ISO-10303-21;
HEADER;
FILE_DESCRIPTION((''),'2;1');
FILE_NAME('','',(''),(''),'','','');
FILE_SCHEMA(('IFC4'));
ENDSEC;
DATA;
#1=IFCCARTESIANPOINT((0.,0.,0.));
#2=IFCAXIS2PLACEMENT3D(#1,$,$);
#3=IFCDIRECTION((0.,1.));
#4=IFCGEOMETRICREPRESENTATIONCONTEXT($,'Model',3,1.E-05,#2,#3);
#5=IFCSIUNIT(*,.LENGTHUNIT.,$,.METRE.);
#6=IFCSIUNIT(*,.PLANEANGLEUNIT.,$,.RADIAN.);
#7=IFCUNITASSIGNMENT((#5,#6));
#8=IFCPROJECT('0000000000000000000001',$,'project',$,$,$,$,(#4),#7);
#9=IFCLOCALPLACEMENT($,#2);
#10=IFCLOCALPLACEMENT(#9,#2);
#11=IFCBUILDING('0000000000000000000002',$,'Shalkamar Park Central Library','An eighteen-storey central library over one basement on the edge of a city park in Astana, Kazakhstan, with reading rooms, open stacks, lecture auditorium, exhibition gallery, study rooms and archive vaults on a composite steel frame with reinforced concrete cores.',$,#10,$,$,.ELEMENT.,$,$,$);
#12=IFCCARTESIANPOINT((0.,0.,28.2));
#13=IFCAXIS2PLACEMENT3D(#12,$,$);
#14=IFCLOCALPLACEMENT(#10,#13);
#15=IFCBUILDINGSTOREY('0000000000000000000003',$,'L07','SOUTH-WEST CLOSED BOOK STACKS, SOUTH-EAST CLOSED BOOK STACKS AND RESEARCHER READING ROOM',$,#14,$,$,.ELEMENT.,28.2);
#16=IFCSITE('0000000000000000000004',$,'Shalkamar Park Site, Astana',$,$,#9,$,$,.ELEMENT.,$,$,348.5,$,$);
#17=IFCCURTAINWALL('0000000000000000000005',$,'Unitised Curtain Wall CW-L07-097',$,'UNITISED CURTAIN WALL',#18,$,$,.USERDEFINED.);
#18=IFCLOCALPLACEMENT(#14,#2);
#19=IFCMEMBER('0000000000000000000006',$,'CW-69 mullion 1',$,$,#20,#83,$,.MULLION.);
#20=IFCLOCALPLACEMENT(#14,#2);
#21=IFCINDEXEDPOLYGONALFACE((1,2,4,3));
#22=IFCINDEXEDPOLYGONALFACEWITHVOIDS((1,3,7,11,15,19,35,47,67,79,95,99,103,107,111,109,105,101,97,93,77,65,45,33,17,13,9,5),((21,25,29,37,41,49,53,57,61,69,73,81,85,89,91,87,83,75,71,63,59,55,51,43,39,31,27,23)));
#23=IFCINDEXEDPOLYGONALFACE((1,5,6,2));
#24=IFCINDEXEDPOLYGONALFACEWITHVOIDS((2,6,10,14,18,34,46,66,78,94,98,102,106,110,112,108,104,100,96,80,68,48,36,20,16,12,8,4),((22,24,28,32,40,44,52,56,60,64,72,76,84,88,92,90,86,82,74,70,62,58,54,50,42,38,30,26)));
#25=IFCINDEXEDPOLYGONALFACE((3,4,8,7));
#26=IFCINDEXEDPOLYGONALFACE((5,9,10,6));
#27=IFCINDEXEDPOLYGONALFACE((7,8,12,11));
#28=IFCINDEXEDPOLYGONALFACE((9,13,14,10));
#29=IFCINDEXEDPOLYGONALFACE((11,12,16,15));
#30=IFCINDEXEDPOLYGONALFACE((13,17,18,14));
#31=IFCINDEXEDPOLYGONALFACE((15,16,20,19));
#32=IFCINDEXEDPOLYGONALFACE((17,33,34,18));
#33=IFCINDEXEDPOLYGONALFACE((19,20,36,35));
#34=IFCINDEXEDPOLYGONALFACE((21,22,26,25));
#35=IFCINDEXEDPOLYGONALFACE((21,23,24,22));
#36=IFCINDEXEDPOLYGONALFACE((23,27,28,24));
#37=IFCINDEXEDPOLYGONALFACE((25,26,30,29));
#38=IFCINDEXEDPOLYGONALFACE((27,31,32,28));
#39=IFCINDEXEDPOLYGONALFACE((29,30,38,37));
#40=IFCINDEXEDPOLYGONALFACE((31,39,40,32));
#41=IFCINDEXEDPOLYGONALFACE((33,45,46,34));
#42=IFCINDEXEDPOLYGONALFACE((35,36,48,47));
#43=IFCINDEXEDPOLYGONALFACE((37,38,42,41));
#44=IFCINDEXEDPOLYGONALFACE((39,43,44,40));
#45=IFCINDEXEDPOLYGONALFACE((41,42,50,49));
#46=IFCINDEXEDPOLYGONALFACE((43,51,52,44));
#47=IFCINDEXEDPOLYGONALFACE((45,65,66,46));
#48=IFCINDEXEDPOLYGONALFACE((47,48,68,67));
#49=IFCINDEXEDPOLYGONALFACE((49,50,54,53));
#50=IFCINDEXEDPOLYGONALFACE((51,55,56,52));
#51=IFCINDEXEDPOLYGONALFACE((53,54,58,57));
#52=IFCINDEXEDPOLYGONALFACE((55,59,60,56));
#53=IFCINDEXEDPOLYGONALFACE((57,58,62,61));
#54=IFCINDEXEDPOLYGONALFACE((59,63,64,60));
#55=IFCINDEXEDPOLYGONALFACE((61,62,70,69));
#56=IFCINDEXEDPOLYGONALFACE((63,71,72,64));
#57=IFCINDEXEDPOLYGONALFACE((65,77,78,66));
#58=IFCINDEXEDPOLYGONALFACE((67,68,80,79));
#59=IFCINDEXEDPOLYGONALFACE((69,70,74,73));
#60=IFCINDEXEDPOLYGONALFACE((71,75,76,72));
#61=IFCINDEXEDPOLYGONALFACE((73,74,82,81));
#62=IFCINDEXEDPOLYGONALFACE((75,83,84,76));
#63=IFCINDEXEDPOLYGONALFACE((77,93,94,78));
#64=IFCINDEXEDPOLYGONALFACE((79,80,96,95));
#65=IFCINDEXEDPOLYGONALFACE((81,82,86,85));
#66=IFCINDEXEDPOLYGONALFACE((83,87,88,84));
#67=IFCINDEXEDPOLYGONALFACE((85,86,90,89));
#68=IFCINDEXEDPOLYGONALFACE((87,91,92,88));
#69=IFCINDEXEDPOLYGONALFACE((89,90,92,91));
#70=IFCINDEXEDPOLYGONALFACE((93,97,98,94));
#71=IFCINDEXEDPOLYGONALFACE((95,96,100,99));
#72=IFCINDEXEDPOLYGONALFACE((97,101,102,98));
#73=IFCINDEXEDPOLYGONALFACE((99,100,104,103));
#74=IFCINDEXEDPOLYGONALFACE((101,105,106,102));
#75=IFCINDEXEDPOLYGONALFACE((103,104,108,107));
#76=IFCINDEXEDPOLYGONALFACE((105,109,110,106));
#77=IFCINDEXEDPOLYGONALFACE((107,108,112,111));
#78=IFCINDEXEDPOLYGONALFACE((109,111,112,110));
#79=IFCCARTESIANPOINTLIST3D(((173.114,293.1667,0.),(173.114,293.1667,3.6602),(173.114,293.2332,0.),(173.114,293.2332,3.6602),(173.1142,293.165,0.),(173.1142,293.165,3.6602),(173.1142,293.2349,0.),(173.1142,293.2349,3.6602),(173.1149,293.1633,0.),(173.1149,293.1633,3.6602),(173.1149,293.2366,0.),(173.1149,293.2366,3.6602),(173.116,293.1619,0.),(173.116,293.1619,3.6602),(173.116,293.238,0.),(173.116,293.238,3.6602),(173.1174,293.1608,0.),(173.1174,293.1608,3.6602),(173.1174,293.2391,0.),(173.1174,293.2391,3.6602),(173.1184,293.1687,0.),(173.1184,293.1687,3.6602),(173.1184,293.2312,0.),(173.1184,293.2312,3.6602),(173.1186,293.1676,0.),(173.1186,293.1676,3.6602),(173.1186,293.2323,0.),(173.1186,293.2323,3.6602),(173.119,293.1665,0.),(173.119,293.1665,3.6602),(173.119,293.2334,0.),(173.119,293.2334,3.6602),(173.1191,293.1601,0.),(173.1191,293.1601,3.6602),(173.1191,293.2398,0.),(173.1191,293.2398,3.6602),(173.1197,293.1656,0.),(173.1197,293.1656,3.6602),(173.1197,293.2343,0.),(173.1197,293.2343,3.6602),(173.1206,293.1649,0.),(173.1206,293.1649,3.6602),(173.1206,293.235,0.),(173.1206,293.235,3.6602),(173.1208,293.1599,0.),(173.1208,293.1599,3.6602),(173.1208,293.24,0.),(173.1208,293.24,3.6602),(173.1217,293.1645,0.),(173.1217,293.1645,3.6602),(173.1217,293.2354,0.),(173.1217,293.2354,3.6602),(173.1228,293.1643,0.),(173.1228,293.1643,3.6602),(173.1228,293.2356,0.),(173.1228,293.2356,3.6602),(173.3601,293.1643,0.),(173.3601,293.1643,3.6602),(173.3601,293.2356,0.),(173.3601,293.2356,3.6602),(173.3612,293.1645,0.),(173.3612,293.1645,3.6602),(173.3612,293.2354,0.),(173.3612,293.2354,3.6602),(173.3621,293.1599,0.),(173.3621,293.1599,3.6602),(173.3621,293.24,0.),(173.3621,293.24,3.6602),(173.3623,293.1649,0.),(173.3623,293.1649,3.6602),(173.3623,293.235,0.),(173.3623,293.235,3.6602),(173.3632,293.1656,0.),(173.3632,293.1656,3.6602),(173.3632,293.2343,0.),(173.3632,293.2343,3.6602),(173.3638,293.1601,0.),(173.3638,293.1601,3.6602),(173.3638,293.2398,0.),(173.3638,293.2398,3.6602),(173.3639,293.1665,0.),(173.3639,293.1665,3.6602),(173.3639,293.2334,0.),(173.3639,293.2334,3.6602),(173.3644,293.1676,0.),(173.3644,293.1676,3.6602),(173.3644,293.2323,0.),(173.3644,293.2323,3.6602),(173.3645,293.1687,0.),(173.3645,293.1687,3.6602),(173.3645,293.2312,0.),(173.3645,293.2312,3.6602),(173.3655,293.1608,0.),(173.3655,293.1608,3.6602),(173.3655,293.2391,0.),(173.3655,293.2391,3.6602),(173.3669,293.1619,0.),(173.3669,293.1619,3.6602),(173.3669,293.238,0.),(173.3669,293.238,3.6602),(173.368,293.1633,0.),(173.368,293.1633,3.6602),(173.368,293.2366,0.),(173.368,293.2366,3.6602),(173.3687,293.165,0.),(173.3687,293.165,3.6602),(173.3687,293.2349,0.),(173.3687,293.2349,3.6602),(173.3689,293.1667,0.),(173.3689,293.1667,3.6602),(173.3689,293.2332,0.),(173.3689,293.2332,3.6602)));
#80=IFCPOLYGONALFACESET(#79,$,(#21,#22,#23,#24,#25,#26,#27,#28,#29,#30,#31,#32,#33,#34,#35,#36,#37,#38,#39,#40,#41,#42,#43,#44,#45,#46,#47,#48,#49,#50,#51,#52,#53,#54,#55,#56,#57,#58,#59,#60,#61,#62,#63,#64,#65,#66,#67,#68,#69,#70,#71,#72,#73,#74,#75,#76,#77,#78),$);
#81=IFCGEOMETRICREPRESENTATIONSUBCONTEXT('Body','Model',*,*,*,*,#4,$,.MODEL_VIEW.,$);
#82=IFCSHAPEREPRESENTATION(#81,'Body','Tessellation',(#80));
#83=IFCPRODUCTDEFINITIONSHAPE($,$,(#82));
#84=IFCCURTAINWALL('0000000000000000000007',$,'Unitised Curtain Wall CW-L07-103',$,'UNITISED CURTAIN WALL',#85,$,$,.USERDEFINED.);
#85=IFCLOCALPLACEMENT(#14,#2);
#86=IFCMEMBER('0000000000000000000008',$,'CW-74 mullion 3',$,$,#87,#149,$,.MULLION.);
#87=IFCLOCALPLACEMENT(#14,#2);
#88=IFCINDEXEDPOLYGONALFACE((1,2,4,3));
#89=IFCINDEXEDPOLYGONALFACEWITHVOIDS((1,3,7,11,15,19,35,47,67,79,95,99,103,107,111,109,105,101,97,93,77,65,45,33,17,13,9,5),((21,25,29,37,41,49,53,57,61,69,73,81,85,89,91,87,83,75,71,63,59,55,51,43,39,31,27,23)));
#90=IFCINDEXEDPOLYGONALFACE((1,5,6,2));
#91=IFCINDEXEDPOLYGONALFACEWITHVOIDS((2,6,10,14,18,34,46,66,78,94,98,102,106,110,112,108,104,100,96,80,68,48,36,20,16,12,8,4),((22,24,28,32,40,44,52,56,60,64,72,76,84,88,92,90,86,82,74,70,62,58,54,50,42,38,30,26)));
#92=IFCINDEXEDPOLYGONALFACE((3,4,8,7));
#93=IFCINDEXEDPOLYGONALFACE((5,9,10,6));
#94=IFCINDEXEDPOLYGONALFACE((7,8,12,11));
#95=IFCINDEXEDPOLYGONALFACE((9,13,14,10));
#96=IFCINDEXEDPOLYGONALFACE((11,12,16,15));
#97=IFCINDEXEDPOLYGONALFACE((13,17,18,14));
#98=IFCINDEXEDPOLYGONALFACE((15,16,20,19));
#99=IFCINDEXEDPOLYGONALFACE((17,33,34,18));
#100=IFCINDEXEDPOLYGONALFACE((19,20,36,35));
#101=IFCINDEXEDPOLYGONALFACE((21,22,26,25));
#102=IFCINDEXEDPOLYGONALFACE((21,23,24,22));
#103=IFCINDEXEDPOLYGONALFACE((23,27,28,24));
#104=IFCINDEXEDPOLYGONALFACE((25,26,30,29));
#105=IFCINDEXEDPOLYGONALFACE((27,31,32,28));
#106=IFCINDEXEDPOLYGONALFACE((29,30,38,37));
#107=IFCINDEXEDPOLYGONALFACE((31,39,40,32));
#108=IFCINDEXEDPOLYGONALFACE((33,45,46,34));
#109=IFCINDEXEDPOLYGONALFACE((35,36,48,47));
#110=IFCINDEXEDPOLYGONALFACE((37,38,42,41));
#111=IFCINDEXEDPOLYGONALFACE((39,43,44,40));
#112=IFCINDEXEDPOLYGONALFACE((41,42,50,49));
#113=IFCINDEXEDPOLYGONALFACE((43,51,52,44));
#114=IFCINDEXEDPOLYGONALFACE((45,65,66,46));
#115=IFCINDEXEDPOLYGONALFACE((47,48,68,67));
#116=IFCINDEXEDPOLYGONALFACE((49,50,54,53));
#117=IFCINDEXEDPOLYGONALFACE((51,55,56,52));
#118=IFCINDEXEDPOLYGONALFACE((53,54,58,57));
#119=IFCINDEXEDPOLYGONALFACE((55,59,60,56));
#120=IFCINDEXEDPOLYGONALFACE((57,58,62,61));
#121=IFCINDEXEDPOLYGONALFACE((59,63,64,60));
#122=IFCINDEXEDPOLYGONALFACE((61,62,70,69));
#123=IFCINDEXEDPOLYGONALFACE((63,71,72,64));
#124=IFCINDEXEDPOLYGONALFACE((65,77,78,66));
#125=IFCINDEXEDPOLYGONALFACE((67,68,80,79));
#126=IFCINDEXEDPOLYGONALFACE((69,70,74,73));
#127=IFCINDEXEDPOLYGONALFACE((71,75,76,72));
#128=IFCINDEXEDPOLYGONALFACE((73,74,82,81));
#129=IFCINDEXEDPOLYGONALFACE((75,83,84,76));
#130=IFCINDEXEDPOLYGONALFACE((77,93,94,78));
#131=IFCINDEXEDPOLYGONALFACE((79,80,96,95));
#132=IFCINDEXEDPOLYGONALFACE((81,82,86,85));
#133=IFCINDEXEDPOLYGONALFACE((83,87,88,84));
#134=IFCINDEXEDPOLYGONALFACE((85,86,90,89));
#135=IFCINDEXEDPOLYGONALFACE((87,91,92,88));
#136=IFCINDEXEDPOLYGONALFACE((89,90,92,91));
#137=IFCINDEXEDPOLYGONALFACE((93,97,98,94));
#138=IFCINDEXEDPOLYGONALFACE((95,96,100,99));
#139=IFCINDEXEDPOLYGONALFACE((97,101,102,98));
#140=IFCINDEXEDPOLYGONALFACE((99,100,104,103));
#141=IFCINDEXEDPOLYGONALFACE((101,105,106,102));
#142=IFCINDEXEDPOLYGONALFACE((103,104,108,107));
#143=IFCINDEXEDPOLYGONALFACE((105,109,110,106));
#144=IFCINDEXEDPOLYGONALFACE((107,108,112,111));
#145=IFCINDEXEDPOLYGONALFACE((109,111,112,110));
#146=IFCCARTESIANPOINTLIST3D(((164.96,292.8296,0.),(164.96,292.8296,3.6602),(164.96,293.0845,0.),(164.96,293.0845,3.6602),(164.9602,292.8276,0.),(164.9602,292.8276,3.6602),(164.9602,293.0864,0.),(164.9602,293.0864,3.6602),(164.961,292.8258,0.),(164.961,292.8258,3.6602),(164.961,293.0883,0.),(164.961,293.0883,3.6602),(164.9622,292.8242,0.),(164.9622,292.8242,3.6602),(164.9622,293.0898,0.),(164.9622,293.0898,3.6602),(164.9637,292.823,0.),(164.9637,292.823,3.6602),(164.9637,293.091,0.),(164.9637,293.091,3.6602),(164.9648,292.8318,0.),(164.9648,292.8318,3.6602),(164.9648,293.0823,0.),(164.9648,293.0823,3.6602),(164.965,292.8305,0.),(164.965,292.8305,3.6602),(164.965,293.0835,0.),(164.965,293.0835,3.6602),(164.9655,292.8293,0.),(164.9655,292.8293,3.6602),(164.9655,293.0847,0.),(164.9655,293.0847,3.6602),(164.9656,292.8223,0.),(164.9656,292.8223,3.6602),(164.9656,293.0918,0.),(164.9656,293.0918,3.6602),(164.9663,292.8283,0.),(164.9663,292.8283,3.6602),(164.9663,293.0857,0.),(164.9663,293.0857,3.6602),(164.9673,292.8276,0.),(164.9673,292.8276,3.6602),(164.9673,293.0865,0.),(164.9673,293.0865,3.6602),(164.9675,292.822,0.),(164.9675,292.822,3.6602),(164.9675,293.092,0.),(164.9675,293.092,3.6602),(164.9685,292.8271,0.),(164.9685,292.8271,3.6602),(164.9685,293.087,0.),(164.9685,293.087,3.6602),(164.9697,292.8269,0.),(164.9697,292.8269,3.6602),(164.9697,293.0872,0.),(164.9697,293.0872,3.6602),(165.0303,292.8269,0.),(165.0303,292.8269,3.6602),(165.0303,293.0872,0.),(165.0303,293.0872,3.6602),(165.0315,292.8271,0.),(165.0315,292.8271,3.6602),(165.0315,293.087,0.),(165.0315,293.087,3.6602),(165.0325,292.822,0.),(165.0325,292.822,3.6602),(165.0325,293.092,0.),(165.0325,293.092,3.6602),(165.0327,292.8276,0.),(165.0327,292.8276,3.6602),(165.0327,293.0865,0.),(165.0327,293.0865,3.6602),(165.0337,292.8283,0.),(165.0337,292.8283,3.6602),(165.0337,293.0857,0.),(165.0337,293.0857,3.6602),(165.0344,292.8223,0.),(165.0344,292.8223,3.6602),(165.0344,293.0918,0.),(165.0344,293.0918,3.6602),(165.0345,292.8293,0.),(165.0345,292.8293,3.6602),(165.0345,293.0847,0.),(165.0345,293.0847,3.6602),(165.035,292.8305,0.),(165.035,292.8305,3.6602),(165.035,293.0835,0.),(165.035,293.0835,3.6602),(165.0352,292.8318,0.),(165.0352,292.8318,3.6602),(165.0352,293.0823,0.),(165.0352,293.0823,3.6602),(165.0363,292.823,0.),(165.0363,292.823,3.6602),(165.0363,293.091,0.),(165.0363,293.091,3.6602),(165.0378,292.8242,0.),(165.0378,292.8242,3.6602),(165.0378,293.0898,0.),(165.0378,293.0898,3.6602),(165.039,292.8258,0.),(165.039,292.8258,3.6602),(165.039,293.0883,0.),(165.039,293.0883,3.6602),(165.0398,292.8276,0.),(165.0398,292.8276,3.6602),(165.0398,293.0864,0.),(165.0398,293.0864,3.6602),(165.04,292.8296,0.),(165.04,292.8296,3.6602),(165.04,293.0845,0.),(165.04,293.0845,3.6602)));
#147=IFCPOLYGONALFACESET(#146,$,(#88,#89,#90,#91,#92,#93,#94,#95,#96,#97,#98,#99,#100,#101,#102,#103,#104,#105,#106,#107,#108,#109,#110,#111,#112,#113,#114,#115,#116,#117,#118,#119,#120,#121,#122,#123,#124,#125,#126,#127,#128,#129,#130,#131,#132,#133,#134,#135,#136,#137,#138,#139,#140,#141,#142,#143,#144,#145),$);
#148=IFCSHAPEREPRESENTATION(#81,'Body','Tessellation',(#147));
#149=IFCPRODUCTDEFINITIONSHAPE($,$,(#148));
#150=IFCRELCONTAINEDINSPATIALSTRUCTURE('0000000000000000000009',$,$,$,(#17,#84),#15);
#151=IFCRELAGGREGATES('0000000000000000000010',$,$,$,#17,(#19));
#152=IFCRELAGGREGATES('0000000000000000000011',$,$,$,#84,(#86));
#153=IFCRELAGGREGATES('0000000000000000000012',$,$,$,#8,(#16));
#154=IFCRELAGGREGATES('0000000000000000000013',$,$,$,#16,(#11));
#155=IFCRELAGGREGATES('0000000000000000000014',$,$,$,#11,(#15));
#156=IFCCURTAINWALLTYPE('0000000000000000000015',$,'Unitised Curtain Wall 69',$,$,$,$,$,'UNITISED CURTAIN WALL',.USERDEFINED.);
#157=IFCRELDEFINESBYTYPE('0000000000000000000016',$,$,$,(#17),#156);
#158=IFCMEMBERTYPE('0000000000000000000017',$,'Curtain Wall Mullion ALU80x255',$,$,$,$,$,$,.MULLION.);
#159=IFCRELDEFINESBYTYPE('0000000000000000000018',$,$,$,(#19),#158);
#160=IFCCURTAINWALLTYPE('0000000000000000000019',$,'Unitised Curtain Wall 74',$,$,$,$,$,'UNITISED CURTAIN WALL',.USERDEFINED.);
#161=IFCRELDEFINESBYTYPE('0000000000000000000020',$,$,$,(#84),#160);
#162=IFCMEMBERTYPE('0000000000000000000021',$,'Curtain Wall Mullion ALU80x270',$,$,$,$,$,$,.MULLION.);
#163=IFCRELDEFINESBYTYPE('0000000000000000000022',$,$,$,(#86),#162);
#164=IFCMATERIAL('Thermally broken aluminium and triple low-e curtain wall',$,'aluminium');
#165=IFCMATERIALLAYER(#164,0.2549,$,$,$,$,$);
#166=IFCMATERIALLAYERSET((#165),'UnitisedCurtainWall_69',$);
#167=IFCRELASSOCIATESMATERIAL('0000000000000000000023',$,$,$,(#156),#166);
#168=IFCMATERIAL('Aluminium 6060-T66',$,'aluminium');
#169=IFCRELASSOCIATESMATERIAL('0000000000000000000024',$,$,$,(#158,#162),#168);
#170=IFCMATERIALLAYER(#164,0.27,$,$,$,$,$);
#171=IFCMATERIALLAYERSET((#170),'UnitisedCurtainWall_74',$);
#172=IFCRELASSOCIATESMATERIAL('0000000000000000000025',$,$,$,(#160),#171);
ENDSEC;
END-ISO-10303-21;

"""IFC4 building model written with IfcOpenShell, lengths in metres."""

from ifc_helpers import new_model, si_unit, direction, frame, origin, origin_2d, place, context, subcontext, project, spatial, hollow_rectangle, extrude, material, layer, layer_set, material_profile, profile_set, type_object, element, aggregate, save


model = new_model("IFC4")

# Units and contexts
model_context = context("Model", 3, precision=1e-05, world=origin(), true_north=direction((0.0, 1.0)))
body_context = subcontext(model_context, "Body", "Model", "MODEL_VIEW")
ifc_project = project(units=[si_unit("LENGTHUNIT", "METRE"), si_unit("PLANEANGLEUNIT", "RADIAN")], contexts=[model_context])

# Site, building, storey
site_placement = place(None, origin())
site = spatial("IfcSite", under=ifc_project, at=site_placement, Name="Shalkamar Park Site, Astana", CompositionType="ELEMENT", RefElevation=348.5)
building_placement = place(site_placement, origin())
building = spatial("IfcBuilding", under=site, at=building_placement, Name="Shalkamar Park Central Library", Description="An eighteen-storey central library over one basement on the edge of a city park in Astana, Kazakhstan, with reading rooms, open stacks, lecture auditorium, exhibition gallery, study rooms and archive vaults on a composite steel frame with reinforced concrete cores.", CompositionType="ELEMENT")
storey_placement = place(building_placement, frame((0.0, 0.0, 28.2)))
storey = spatial("IfcBuildingStorey", under=building, at=storey_placement, Name="L07", Description="SOUTH-WEST CLOSED BOOK STACKS, SOUTH-EAST CLOSED BOOK STACKS AND RESEARCHER READING ROOM", CompositionType="ELEMENT", Elevation=28.2)

# Shared definitions
ifc_material_1 = material(Name="Thermally broken aluminium and triple low-e curtain wall", Category="aluminium")
ifc_material_2 = material(Name="Aluminium 6060-T66", Category="aluminium")

# Curtain walls, members
ifc_layer_1 = layer(ifc_material_1, 0.2549)
ifc_layer_set_1 = layer_set([ifc_layer_1], Name="UnitisedCurtainWall_69")
curtain_wall_type_1 = type_object("IfcCurtainWallType", Name="Unitised Curtain Wall 69", ElementType="UNITISED CURTAIN WALL", PredefinedType="USERDEFINED", material=ifc_layer_set_1)
curtain_wall_1_placement = place(storey_placement, origin())
curtain_wall_1 = element("IfcCurtainWall", 1, at=curtain_wall_1_placement, inside=storey, type_object=curtain_wall_type_1, Name="Unitised Curtain Wall CW-L07-097", ObjectType="UNITISED CURTAIN WALL", PredefinedType="USERDEFINED")
ifc_material_profile_1 = material_profile(ifc_material_2, hollow_rectangle(XDim=0.0801, YDim=0.2549, WallThickness=0.0044, InnerFilletRadius=0.0044, OuterFilletRadius=0.0068, at=origin_2d()), Name="ALU 80x255x4.5")
ifc_profile_set_1 = profile_set([ifc_material_profile_1], Name="Aluminium 6060-T66")
member_type_1 = type_object("IfcMemberType", Name="Curtain Wall Mullion ALU80x255", PredefinedType="MULLION", material=ifc_profile_set_1)
member_1_placement = place(storey_placement, frame((173.2415, 293.2, 0.0), z_axis=(0.0, 0.0, 1.0), x_axis=(0.0, 1.0, 0.0)))
member_1 = element("IfcMember", 2, at=member_1_placement, type_object=member_type_1, Name="CW-69 mullion 1", PredefinedType="MULLION", context=body_context, shape_type="SweptSolid", body=[
    extrude(hollow_rectangle(XDim=0.0801, YDim=0.2549, WallThickness=0.0044, InnerFilletRadius=0.0044, OuterFilletRadius=0.0068, at=origin_2d()), origin(), (0.0, 0.0, 1.0), 3.6602),
])
ifc_layer_2 = layer(ifc_material_1, 0.27)
ifc_layer_set_2 = layer_set([ifc_layer_2], Name="UnitisedCurtainWall_74")
curtain_wall_type_2 = type_object("IfcCurtainWallType", Name="Unitised Curtain Wall 74", ElementType="UNITISED CURTAIN WALL", PredefinedType="USERDEFINED", material=ifc_layer_set_2)
curtain_wall_2_placement = place(storey_placement, origin())
curtain_wall_2 = element("IfcCurtainWall", 3, at=curtain_wall_2_placement, inside=storey, type_object=curtain_wall_type_2, Name="Unitised Curtain Wall CW-L07-103", ObjectType="UNITISED CURTAIN WALL", PredefinedType="USERDEFINED")
ifc_material_profile_2 = material_profile(ifc_material_2, hollow_rectangle(XDim=0.0801, YDim=0.27, WallThickness=0.0049, InnerFilletRadius=0.0049, OuterFilletRadius=0.0076, at=origin_2d()), Name="ALU 80x270x5")
ifc_profile_set_2 = profile_set([ifc_material_profile_2], Name="Aluminium 6060-T66")
member_type_2 = type_object("IfcMemberType", Name="Curtain Wall Mullion ALU80x270", PredefinedType="MULLION", material=ifc_profile_set_2)
member_2_placement = place(storey_placement, frame((165.0, 292.957, 0.0), z_axis=(0.0, 0.0, 1.0), x_axis=(-1.0, 0.0, 0.0)))
member_2 = element("IfcMember", 4, at=member_2_placement, type_object=member_type_2, Name="CW-74 mullion 3", PredefinedType="MULLION", context=body_context, shape_type="SweptSolid", body=[
    extrude(hollow_rectangle(XDim=0.0801, YDim=0.27, WallThickness=0.0049, InnerFilletRadius=0.0049, OuterFilletRadius=0.0076, at=origin_2d()), origin(), (0.0, 0.0, 1.0), 3.6602),
])

aggregate(curtain_wall_1, [member_1])

aggregate(curtain_wall_2, [member_2])

save(model, "model.ifc")
